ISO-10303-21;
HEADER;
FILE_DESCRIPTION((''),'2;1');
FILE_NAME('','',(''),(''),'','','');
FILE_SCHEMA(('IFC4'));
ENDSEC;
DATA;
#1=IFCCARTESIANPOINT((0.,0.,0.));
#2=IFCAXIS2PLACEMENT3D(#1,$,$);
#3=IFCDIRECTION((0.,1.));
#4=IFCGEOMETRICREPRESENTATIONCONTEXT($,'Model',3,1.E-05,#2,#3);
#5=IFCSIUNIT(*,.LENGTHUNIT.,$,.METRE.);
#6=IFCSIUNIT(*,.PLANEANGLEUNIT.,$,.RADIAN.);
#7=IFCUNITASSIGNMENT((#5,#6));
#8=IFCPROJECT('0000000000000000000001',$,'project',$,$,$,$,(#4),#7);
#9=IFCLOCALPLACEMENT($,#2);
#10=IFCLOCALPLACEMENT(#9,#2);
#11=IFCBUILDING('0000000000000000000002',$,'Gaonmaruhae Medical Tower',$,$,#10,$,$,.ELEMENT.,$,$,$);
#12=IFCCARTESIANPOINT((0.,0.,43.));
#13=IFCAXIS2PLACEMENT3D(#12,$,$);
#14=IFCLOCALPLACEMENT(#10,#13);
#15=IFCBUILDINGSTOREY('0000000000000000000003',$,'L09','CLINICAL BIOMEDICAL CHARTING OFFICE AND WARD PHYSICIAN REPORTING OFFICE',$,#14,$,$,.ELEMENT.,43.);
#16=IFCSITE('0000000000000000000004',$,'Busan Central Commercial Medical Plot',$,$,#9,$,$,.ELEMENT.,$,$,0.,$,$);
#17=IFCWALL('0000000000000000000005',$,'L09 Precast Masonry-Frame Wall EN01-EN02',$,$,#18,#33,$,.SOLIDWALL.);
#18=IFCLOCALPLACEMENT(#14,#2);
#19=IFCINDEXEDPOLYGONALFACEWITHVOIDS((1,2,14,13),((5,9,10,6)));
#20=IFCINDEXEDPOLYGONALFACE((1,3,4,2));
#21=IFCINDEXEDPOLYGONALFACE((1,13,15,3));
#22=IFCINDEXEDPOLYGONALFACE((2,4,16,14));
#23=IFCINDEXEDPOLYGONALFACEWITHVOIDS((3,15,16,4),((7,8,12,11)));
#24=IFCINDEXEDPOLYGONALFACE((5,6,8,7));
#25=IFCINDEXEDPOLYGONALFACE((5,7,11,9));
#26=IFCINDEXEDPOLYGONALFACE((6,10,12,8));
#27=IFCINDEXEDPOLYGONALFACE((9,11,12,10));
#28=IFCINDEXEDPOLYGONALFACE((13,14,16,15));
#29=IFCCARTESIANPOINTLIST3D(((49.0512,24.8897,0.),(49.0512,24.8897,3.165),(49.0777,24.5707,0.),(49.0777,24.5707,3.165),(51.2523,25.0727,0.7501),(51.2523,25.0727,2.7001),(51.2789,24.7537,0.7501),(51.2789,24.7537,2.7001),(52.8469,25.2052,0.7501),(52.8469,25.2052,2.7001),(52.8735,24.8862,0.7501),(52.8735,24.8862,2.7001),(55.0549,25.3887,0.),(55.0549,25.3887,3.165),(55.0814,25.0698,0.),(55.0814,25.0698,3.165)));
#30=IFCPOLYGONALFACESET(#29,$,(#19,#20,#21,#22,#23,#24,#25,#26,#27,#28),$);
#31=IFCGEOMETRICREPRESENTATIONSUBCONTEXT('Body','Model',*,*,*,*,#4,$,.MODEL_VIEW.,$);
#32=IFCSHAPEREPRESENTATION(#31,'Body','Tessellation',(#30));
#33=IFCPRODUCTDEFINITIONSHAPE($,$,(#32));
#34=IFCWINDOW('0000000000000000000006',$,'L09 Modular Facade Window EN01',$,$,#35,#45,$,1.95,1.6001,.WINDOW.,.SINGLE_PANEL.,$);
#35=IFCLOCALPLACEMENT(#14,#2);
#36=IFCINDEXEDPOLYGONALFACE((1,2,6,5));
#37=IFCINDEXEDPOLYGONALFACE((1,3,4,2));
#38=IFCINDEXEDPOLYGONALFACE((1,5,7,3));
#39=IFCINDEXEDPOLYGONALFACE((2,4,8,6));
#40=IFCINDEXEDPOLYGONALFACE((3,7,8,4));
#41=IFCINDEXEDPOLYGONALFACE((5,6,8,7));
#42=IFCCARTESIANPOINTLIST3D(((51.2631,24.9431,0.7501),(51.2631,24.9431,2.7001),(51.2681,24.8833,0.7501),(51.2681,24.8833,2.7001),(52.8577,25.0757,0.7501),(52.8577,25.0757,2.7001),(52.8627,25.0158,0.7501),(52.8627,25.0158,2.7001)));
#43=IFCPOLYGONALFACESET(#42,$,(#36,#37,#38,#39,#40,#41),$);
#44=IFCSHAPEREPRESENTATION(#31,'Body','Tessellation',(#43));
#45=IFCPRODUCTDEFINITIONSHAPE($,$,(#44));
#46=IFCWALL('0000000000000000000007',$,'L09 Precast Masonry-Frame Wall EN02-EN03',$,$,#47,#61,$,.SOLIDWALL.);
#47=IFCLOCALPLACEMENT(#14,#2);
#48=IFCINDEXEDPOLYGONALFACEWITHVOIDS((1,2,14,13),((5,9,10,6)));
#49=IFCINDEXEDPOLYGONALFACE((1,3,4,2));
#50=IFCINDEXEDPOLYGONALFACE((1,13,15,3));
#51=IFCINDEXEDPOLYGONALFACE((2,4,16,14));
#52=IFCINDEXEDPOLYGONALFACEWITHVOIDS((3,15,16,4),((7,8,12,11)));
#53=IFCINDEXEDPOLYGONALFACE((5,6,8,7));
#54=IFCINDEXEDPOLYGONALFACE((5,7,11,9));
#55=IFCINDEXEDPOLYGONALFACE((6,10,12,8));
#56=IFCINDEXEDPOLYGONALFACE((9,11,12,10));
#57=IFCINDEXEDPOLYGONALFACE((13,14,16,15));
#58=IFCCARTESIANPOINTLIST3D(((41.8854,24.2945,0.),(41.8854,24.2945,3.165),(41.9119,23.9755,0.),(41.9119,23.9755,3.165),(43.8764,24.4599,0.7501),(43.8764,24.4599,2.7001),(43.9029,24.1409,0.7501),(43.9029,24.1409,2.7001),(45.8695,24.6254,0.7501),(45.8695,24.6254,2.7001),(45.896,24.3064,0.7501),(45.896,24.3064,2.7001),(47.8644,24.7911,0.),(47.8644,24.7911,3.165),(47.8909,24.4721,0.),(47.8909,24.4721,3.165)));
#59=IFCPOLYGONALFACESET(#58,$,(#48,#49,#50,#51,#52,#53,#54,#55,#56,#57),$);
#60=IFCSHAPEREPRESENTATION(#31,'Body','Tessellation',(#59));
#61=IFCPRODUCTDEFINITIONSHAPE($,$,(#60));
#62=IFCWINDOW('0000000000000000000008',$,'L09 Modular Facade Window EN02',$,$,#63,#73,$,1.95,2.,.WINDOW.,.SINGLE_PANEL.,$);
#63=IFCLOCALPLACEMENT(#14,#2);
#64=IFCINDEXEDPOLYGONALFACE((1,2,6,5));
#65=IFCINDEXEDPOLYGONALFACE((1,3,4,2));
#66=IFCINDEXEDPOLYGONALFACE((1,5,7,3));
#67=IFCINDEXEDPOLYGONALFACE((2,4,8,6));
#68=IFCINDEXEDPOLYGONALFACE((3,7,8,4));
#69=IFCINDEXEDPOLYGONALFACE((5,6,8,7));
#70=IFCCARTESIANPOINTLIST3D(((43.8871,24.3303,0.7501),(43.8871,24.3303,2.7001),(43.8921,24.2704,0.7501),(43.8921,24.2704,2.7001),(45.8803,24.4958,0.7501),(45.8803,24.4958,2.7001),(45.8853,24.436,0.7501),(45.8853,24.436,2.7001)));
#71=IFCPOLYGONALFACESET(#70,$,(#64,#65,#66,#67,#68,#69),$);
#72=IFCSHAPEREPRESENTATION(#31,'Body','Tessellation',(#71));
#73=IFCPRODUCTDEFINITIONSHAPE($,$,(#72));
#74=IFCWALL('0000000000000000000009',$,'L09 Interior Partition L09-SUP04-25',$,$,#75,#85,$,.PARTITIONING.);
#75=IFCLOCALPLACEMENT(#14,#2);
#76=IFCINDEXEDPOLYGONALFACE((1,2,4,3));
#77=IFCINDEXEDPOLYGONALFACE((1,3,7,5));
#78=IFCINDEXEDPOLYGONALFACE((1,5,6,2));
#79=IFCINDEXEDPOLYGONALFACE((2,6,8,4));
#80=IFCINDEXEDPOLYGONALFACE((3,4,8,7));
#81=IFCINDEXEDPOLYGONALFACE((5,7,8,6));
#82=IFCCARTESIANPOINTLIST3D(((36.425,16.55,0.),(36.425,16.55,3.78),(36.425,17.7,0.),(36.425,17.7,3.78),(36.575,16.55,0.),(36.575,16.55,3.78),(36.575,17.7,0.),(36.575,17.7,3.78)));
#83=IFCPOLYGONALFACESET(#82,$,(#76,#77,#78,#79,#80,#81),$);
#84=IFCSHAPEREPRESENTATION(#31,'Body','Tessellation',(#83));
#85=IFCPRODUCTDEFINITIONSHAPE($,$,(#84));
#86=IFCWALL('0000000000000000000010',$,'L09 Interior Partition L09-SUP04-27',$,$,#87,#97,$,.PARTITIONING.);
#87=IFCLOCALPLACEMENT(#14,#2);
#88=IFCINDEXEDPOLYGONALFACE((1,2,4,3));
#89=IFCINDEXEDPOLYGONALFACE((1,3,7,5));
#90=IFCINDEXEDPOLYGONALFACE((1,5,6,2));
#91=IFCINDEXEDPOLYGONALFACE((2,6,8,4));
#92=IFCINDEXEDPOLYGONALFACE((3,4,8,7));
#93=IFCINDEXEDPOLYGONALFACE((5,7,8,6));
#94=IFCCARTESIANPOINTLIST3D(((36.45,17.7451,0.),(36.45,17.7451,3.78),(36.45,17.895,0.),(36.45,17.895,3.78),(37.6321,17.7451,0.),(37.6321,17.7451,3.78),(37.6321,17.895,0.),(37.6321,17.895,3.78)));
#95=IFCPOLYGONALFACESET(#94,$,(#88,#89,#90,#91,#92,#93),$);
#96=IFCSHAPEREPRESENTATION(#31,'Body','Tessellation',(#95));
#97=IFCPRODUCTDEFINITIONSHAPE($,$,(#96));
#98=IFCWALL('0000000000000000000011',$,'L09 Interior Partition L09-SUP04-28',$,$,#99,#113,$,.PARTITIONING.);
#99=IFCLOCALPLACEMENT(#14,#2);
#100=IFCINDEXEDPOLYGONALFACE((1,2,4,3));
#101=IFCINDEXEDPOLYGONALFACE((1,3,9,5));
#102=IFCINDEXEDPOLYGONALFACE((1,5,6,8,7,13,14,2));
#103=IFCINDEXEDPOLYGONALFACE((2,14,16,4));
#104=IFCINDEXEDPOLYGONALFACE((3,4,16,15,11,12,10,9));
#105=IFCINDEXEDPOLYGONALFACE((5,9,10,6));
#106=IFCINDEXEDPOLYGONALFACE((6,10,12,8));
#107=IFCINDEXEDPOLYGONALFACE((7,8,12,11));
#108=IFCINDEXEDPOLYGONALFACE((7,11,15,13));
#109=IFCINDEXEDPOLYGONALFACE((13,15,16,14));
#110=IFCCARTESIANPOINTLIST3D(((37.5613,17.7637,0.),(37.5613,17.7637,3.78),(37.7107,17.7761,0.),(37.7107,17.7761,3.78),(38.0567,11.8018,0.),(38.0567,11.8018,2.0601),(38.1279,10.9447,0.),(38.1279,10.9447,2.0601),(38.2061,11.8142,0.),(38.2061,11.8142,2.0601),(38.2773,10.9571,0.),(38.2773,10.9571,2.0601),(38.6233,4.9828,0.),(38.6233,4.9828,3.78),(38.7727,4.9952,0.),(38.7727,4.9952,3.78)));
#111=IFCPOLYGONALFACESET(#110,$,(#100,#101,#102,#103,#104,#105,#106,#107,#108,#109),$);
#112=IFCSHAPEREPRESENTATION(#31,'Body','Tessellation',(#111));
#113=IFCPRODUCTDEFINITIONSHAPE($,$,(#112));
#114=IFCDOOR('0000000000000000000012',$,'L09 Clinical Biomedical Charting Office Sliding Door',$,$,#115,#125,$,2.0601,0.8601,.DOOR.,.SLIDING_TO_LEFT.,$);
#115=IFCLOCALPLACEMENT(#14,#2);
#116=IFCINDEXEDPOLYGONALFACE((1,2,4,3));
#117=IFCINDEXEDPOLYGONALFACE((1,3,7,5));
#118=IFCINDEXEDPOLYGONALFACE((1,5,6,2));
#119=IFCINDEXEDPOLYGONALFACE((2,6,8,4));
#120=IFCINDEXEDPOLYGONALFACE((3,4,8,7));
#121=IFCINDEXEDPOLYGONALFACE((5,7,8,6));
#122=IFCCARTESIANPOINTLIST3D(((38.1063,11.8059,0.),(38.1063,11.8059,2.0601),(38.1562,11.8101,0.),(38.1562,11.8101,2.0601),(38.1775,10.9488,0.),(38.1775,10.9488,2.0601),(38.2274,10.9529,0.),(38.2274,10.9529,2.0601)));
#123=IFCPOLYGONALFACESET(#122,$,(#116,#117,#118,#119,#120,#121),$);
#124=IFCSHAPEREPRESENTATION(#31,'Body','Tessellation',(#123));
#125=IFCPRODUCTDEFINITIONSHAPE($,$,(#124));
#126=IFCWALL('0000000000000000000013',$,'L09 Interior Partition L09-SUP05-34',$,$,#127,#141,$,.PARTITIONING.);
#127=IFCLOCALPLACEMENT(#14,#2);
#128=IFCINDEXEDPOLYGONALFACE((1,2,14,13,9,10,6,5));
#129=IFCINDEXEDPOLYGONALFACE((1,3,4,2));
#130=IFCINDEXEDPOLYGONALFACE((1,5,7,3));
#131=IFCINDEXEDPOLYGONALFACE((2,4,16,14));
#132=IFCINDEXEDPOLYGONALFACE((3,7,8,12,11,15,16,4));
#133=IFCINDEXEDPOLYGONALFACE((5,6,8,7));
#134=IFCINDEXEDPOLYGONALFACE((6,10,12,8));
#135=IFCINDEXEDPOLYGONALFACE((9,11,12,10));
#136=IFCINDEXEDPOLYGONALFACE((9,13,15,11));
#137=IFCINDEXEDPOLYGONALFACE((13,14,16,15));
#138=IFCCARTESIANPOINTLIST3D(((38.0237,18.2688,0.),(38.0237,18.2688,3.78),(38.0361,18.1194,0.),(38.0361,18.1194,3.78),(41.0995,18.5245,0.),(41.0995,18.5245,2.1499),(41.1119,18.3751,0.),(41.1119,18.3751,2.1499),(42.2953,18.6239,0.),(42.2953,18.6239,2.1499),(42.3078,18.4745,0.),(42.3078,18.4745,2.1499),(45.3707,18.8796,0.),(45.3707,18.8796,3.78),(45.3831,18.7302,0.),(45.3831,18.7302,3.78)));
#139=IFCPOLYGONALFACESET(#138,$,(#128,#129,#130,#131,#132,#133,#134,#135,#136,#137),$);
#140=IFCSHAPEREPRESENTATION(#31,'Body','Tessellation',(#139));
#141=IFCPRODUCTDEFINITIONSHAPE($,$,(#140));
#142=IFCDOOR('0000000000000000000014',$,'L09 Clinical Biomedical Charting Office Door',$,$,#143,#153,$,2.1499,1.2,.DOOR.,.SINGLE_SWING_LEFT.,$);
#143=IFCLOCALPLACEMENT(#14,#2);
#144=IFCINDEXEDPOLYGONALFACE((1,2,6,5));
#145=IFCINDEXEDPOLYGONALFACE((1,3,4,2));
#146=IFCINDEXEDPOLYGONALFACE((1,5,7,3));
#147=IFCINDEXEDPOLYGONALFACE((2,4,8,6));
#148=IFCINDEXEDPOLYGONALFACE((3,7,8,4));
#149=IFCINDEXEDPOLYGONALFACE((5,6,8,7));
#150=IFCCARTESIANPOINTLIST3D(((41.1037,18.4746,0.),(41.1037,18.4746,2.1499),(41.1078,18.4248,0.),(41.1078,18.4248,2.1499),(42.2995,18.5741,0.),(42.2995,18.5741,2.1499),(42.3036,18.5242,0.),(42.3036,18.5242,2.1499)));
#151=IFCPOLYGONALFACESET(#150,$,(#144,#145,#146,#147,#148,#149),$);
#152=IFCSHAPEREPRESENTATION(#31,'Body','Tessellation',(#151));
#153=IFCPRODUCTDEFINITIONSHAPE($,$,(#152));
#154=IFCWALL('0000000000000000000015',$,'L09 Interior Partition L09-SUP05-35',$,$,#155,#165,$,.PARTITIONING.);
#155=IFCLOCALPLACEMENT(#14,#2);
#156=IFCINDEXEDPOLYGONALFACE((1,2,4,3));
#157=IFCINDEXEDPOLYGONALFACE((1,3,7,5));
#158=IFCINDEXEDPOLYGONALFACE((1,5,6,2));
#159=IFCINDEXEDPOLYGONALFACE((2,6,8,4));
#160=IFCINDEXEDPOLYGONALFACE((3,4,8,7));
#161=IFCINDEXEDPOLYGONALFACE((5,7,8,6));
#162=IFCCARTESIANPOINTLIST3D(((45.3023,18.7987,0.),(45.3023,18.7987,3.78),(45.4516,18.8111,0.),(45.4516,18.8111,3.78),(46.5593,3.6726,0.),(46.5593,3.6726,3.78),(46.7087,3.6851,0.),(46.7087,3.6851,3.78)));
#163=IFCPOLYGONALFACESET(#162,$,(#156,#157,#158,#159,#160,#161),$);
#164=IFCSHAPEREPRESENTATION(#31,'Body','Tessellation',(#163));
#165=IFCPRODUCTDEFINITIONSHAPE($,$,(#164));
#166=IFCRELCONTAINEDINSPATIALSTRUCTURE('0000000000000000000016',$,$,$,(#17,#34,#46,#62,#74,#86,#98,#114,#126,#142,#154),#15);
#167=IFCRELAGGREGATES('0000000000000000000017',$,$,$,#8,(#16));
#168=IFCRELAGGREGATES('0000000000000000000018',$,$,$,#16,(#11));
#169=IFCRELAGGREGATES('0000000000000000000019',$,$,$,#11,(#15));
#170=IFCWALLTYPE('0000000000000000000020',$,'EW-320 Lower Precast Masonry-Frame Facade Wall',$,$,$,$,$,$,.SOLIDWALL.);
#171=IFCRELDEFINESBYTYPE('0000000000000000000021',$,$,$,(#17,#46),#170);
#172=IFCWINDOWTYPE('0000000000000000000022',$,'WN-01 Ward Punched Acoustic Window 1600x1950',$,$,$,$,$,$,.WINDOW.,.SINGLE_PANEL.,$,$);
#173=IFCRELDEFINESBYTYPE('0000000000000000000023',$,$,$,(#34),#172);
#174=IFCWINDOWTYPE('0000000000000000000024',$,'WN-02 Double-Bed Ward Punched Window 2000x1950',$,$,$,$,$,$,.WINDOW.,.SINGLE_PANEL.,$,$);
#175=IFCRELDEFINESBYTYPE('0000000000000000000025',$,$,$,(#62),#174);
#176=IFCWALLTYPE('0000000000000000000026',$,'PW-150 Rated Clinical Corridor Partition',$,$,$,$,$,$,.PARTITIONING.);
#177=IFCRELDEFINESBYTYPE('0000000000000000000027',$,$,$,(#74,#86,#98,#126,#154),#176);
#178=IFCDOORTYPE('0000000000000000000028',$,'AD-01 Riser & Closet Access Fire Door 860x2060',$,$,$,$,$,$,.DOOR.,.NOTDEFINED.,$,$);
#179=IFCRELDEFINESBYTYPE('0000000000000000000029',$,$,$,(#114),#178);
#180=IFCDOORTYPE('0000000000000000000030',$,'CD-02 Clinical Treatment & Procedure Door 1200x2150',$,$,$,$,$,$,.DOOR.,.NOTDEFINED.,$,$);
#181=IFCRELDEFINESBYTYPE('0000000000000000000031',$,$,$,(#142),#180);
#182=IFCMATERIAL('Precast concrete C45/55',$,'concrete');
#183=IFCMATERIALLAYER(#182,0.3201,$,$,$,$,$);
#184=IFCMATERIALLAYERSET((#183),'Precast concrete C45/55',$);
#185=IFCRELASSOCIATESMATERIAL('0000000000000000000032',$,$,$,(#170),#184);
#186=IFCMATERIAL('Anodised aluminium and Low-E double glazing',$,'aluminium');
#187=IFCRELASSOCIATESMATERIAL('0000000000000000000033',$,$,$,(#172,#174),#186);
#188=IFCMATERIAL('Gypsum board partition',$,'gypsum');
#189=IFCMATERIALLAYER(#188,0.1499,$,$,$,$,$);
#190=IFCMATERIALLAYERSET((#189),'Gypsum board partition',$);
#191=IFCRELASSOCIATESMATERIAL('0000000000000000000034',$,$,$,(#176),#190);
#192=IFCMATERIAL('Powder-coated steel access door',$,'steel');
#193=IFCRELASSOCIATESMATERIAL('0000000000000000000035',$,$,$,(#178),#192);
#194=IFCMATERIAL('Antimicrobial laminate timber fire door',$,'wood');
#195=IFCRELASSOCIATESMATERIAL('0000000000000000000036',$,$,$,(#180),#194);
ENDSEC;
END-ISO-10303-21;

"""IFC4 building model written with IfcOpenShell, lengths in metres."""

from ifc_helpers import new_model, si_unit, direction, frame, frame_2d, origin, place, context, subcontext, project, spatial, rectangle, extrude, material, layer, layer_set, type_object, element, fill, save


model = new_model("IFC4")

# Units and contexts
model_context = context("Model", 3, precision=1e-05, world=origin(), true_north=direction((0.0, 1.0)))
body_context = subcontext(model_context, "Body", "Model", "MODEL_VIEW")
ifc_project = project(units=[si_unit("LENGTHUNIT", "METRE"), si_unit("PLANEANGLEUNIT", "RADIAN")], contexts=[model_context])

# Site, building, storey
site_placement = place(None, origin())
site = spatial("IfcSite", under=ifc_project, at=site_placement, Name="Busan Central Commercial Medical Plot", CompositionType="ELEMENT", RefElevation=0.0)
building_placement = place(site_placement, origin())
building = spatial("IfcBuilding", under=site, at=building_placement, Name="Gaonmaruhae Medical Tower", CompositionType="ELEMENT")
storey_placement = place(building_placement, frame((0.0, 0.0, 43.0)))
storey = spatial("IfcBuildingStorey", under=building, at=storey_placement, Name="L09", Description="CLINICAL BIOMEDICAL CHARTING OFFICE AND WARD PHYSICIAN REPORTING OFFICE", CompositionType="ELEMENT", Elevation=43.0)

# Walls, openings, windows
ifc_material_1 = material(Name="Precast concrete C45/55", Category="concrete")
ifc_layer_1 = layer(ifc_material_1, 0.3201)
ifc_layer_set_1 = layer_set([ifc_layer_1], Name="Precast concrete C45/55")
wall_type_1 = type_object("IfcWallType", Name="EW-320 Lower Precast Masonry-Frame Facade Wall", PredefinedType="SOLIDWALL", material=ifc_layer_set_1)
wall_1_placement = place(storey_placement, frame((49.0645, 24.7302, 0.0), z_axis=(0.0, 0.0, 1.0), x_axis=(0.996563, 0.082834, 0.0)))
wall_1 = element("IfcWall", 1, at=wall_1_placement, inside=storey, type_object=wall_type_1, Name="L09 Precast Masonry-Frame Wall EN01-EN02", PredefinedType="SOLIDWALL", context=body_context, shape_type="SweptSolid", body=[
    extrude(rectangle(XDim=6.0244, YDim=0.3201, at=frame_2d((3.0122, 0.0))), origin(), (0.0, 0.0, 1.0), 3.165),
])
opening_1_placement = place(wall_1_placement, frame((2.2087, 0.0, 0.75)))
opening_1 = element("IfcOpeningElement", 2, at=opening_1_placement, cuts=wall_1, PredefinedType="OPENING", context=body_context, shape_type="SweptSolid", body=[
    extrude(rectangle(XDim=1.6001, YDim=1.95, at=frame_2d((0.8, 0.9751))), frame((0.0, 0.1699, 0.0), z_axis=(0.0, -1.0, 0.0), x_axis=(1.0, 0.0, 0.0)), (0.0, 0.0, 1.0), 0.3401),
])
ifc_material_2 = material(Name="Anodised aluminium and Low-E double glazing", Category="aluminium")
window_type_1 = type_object("IfcWindowType", Name="WN-01 Ward Punched Acoustic Window 1600x1950", PartitioningType="SINGLE_PANEL", PredefinedType="WINDOW", material=ifc_material_2)
window_1_placement = place(opening_1_placement, origin())
window_1 = element("IfcWindow", 3, at=window_1_placement, inside=storey, type_object=window_type_1, Name="L09 Modular Facade Window EN01", OverallHeight=1.95, OverallWidth=1.6001, PartitioningType="SINGLE_PANEL", PredefinedType="WINDOW", context=body_context, shape_type="SweptSolid", body=[
    extrude(rectangle(XDim=1.6001, YDim=1.95, at=frame_2d((0.8, 0.9751))), frame((0.0, 0.03, 0.0), z_axis=(0.0, -1.0, 0.0), x_axis=(1.0, 0.0, 0.0)), (0.0, 0.0, 1.0), 0.0601),
])
fill(opening_1, window_1)
wall_2_placement = place(storey_placement, frame((41.8987, 24.135, 0.0), z_axis=(0.0, 0.0, 1.0), x_axis=(0.996569, 0.082769, 0.0)))
wall_2 = element("IfcWall", 4, at=wall_2_placement, inside=storey, type_object=wall_type_1, Name="L09 Precast Masonry-Frame Wall EN02-EN03", PredefinedType="SOLIDWALL", context=body_context, shape_type="SweptSolid", body=[
    extrude(rectangle(XDim=5.9995, YDim=0.3201, at=frame_2d((2.9998, 0.0))), origin(), (0.0, 0.0, 1.0), 3.165),
])
opening_2_placement = place(wall_2_placement, frame((1.9978, 0.0, 0.75)))
opening_2 = element("IfcOpeningElement", 5, at=opening_2_placement, cuts=wall_2, PredefinedType="OPENING", context=body_context, shape_type="SweptSolid", body=[
    extrude(rectangle(XDim=2.0, YDim=1.95, at=frame_2d((1.0, 0.9751))), frame((0.0, 0.1699, 0.0), z_axis=(0.0, -1.0, 0.0), x_axis=(1.0, 0.0, 0.0)), (0.0, 0.0, 1.0), 0.3401),
])
window_type_2 = type_object("IfcWindowType", Name="WN-02 Double-Bed Ward Punched Window 2000x1950", PartitioningType="SINGLE_PANEL", PredefinedType="WINDOW", material=ifc_material_2)
window_2_placement = place(opening_2_placement, origin())
window_2 = element("IfcWindow", 6, at=window_2_placement, inside=storey, type_object=window_type_2, Name="L09 Modular Facade Window EN02", OverallHeight=1.95, OverallWidth=2.0, PartitioningType="SINGLE_PANEL", PredefinedType="WINDOW", context=body_context, shape_type="SweptSolid", body=[
    extrude(rectangle(XDim=2.0, YDim=1.95, at=frame_2d((1.0, 0.9751))), frame((0.0, 0.03, 0.0), z_axis=(0.0, -1.0, 0.0), x_axis=(1.0, 0.0, 0.0)), (0.0, 0.0, 1.0), 0.0601),
])
fill(opening_2, window_2)

# Walls
ifc_material_3 = material(Name="Gypsum board partition", Category="gypsum")
ifc_layer_2 = layer(ifc_material_3, 0.1499)
ifc_layer_set_2 = layer_set([ifc_layer_2], Name="Gypsum board partition")
wall_type_2 = type_object("IfcWallType", Name="PW-150 Rated Clinical Corridor Partition", PredefinedType="PARTITIONING", material=ifc_layer_set_2)
wall_3_placement = place(storey_placement, frame((36.5, 16.55, 0.0), z_axis=(0.0, 0.0, 1.0), x_axis=(0.0, 1.0, 0.0)))
element("IfcWall", 7, at=wall_3_placement, inside=storey, type_object=wall_type_2, Name="L09 Interior Partition L09-SUP04-25", PredefinedType="PARTITIONING", context=body_context, shape_type="SweptSolid", body=[
    extrude(rectangle(XDim=1.1499, YDim=0.1499, at=frame_2d((0.575, 0.0))), origin(), (0.0, 0.0, 1.0), 3.78),
])
wall_4_placement = place(storey_placement, frame((36.45, 17.8201, 0.0), z_axis=(0.0, 0.0, 1.0), x_axis=(1.0, 0.0, 0.0)))
element("IfcWall", 8, at=wall_4_placement, inside=storey, type_object=wall_type_2, Name="L09 Interior Partition L09-SUP04-27", PredefinedType="PARTITIONING", context=body_context, shape_type="SweptSolid", body=[
    extrude(rectangle(XDim=1.1821, YDim=0.1499, at=frame_2d((0.5911, 0.0))), origin(), (0.0, 0.0, 1.0), 3.78),
])

# Walls, openings, doors
wall_5_placement = place(storey_placement, frame((37.636, 17.77, 0.0), z_axis=(0.0, 0.0, 1.0), x_axis=(0.082808, -0.996566, 0.0)))
wall_5 = element("IfcWall", 9, at=wall_5_placement, inside=storey, type_object=wall_type_2, Name="L09 Interior Partition L09-SUP04-28", PredefinedType="PARTITIONING", context=body_context, shape_type="SweptSolid", body=[
    extrude(rectangle(XDim=12.825, YDim=0.1499, at=frame_2d((6.4126, 0.0))), origin(), (0.0, 0.0, 1.0), 3.78),
])
opening_3_placement = place(wall_5_placement, frame((5.9824, 0.0, 0.0)))
opening_3 = element("IfcOpeningElement", 10, at=opening_3_placement, cuts=wall_5, PredefinedType="OPENING", context=body_context, shape_type="SweptSolid", body=[
    extrude(rectangle(XDim=0.8601, YDim=2.0601, at=frame_2d((0.4302, 1.03))), frame((0.0, 0.085, 0.0), z_axis=(0.0, -1.0, 0.0), x_axis=(1.0, 0.0, 0.0)), (0.0, 0.0, 1.0), 0.1699),
])
ifc_material_4 = material(Name="Powder-coated steel access door", Category="steel")
door_type_1 = type_object("IfcDoorType", Name="AD-01 Riser & Closet Access Fire Door 860x2060", OperationType="NOTDEFINED", PredefinedType="DOOR", material=ifc_material_4)
door_1_placement = place(opening_3_placement, origin())
door_1 = element("IfcDoor", 11, at=door_1_placement, inside=storey, type_object=door_type_1, Name="L09 Clinical Biomedical Charting Office Sliding Door", OperationType="SLIDING_TO_LEFT", OverallHeight=2.0601, OverallWidth=0.8601, PredefinedType="DOOR", context=body_context, shape_type="SweptSolid", body=[
    extrude(rectangle(XDim=0.8601, YDim=2.0601, at=frame_2d((0.4302, 1.03))), frame((0.0, 0.0249, 0.0), z_axis=(0.0, -1.0, 0.0), x_axis=(1.0, 0.0, 0.0)), (0.0, 0.0, 1.0), 0.05),
])
fill(opening_3, door_1)
wall_6_placement = place(storey_placement, frame((38.03, 18.1941, 0.0), z_axis=(0.0, 0.0, 1.0), x_axis=(0.996561, 0.082856, 0.0)))
wall_6 = element("IfcWall", 12, at=wall_6_placement, inside=storey, type_object=wall_type_2, Name="L09 Interior Partition L09-SUP05-34", PredefinedType="PARTITIONING", context=body_context, shape_type="SweptSolid", body=[
    extrude(rectangle(XDim=7.3723, YDim=0.1499, at=frame_2d((3.686, 0.0))), origin(), (0.0, 0.0, 1.0), 3.78),
])
opening_4_placement = place(wall_6_placement, frame((3.0862, 0.0, 0.0)))
opening_4 = element("IfcOpeningElement", 13, at=opening_4_placement, cuts=wall_6, PredefinedType="OPENING", context=body_context, shape_type="SweptSolid", body=[
    extrude(rectangle(XDim=1.2, YDim=2.1499, at=frame_2d((0.6001, 1.075))), frame((0.0, 0.085, 0.0), z_axis=(0.0, -1.0, 0.0), x_axis=(1.0, 0.0, 0.0)), (0.0, 0.0, 1.0), 0.1699),
])
ifc_material_5 = material(Name="Antimicrobial laminate timber fire door", Category="wood")
door_type_2 = type_object("IfcDoorType", Name="CD-02 Clinical Treatment & Procedure Door 1200x2150", OperationType="NOTDEFINED", PredefinedType="DOOR", material=ifc_material_5)
door_2_placement = place(opening_4_placement, origin())
door_2 = element("IfcDoor", 14, at=door_2_placement, inside=storey, type_object=door_type_2, Name="L09 Clinical Biomedical Charting Office Door", OperationType="SINGLE_SWING_LEFT", OverallHeight=2.1499, OverallWidth=1.2, PredefinedType="DOOR", context=body_context, shape_type="SweptSolid", body=[
    extrude(rectangle(XDim=1.2, YDim=2.1499, at=frame_2d((0.6001, 1.075))), frame((0.0, 0.0249, 0.0), z_axis=(0.0, -1.0, 0.0), x_axis=(1.0, 0.0, 0.0)), (0.0, 0.0, 1.0), 0.05),
])
fill(opening_4, door_2)

# Wall
wall_7_placement = place(storey_placement, frame((45.377, 18.8049, 0.0), z_axis=(0.0, 0.0, 1.0), x_axis=(0.082822, -0.996564, 0.0)))
element("IfcWall", 15, at=wall_7_placement, inside=storey, type_object=wall_type_2, Name="L09 Interior Partition L09-SUP05-35", PredefinedType="PARTITIONING", context=body_context, shape_type="SweptSolid", body=[
    extrude(rectangle(XDim=15.1782, YDim=0.1499, at=frame_2d((7.5891, 0.0))), origin(), (0.0, 0.0, 1.0), 3.78),
])

save(model, "model.ifc")
